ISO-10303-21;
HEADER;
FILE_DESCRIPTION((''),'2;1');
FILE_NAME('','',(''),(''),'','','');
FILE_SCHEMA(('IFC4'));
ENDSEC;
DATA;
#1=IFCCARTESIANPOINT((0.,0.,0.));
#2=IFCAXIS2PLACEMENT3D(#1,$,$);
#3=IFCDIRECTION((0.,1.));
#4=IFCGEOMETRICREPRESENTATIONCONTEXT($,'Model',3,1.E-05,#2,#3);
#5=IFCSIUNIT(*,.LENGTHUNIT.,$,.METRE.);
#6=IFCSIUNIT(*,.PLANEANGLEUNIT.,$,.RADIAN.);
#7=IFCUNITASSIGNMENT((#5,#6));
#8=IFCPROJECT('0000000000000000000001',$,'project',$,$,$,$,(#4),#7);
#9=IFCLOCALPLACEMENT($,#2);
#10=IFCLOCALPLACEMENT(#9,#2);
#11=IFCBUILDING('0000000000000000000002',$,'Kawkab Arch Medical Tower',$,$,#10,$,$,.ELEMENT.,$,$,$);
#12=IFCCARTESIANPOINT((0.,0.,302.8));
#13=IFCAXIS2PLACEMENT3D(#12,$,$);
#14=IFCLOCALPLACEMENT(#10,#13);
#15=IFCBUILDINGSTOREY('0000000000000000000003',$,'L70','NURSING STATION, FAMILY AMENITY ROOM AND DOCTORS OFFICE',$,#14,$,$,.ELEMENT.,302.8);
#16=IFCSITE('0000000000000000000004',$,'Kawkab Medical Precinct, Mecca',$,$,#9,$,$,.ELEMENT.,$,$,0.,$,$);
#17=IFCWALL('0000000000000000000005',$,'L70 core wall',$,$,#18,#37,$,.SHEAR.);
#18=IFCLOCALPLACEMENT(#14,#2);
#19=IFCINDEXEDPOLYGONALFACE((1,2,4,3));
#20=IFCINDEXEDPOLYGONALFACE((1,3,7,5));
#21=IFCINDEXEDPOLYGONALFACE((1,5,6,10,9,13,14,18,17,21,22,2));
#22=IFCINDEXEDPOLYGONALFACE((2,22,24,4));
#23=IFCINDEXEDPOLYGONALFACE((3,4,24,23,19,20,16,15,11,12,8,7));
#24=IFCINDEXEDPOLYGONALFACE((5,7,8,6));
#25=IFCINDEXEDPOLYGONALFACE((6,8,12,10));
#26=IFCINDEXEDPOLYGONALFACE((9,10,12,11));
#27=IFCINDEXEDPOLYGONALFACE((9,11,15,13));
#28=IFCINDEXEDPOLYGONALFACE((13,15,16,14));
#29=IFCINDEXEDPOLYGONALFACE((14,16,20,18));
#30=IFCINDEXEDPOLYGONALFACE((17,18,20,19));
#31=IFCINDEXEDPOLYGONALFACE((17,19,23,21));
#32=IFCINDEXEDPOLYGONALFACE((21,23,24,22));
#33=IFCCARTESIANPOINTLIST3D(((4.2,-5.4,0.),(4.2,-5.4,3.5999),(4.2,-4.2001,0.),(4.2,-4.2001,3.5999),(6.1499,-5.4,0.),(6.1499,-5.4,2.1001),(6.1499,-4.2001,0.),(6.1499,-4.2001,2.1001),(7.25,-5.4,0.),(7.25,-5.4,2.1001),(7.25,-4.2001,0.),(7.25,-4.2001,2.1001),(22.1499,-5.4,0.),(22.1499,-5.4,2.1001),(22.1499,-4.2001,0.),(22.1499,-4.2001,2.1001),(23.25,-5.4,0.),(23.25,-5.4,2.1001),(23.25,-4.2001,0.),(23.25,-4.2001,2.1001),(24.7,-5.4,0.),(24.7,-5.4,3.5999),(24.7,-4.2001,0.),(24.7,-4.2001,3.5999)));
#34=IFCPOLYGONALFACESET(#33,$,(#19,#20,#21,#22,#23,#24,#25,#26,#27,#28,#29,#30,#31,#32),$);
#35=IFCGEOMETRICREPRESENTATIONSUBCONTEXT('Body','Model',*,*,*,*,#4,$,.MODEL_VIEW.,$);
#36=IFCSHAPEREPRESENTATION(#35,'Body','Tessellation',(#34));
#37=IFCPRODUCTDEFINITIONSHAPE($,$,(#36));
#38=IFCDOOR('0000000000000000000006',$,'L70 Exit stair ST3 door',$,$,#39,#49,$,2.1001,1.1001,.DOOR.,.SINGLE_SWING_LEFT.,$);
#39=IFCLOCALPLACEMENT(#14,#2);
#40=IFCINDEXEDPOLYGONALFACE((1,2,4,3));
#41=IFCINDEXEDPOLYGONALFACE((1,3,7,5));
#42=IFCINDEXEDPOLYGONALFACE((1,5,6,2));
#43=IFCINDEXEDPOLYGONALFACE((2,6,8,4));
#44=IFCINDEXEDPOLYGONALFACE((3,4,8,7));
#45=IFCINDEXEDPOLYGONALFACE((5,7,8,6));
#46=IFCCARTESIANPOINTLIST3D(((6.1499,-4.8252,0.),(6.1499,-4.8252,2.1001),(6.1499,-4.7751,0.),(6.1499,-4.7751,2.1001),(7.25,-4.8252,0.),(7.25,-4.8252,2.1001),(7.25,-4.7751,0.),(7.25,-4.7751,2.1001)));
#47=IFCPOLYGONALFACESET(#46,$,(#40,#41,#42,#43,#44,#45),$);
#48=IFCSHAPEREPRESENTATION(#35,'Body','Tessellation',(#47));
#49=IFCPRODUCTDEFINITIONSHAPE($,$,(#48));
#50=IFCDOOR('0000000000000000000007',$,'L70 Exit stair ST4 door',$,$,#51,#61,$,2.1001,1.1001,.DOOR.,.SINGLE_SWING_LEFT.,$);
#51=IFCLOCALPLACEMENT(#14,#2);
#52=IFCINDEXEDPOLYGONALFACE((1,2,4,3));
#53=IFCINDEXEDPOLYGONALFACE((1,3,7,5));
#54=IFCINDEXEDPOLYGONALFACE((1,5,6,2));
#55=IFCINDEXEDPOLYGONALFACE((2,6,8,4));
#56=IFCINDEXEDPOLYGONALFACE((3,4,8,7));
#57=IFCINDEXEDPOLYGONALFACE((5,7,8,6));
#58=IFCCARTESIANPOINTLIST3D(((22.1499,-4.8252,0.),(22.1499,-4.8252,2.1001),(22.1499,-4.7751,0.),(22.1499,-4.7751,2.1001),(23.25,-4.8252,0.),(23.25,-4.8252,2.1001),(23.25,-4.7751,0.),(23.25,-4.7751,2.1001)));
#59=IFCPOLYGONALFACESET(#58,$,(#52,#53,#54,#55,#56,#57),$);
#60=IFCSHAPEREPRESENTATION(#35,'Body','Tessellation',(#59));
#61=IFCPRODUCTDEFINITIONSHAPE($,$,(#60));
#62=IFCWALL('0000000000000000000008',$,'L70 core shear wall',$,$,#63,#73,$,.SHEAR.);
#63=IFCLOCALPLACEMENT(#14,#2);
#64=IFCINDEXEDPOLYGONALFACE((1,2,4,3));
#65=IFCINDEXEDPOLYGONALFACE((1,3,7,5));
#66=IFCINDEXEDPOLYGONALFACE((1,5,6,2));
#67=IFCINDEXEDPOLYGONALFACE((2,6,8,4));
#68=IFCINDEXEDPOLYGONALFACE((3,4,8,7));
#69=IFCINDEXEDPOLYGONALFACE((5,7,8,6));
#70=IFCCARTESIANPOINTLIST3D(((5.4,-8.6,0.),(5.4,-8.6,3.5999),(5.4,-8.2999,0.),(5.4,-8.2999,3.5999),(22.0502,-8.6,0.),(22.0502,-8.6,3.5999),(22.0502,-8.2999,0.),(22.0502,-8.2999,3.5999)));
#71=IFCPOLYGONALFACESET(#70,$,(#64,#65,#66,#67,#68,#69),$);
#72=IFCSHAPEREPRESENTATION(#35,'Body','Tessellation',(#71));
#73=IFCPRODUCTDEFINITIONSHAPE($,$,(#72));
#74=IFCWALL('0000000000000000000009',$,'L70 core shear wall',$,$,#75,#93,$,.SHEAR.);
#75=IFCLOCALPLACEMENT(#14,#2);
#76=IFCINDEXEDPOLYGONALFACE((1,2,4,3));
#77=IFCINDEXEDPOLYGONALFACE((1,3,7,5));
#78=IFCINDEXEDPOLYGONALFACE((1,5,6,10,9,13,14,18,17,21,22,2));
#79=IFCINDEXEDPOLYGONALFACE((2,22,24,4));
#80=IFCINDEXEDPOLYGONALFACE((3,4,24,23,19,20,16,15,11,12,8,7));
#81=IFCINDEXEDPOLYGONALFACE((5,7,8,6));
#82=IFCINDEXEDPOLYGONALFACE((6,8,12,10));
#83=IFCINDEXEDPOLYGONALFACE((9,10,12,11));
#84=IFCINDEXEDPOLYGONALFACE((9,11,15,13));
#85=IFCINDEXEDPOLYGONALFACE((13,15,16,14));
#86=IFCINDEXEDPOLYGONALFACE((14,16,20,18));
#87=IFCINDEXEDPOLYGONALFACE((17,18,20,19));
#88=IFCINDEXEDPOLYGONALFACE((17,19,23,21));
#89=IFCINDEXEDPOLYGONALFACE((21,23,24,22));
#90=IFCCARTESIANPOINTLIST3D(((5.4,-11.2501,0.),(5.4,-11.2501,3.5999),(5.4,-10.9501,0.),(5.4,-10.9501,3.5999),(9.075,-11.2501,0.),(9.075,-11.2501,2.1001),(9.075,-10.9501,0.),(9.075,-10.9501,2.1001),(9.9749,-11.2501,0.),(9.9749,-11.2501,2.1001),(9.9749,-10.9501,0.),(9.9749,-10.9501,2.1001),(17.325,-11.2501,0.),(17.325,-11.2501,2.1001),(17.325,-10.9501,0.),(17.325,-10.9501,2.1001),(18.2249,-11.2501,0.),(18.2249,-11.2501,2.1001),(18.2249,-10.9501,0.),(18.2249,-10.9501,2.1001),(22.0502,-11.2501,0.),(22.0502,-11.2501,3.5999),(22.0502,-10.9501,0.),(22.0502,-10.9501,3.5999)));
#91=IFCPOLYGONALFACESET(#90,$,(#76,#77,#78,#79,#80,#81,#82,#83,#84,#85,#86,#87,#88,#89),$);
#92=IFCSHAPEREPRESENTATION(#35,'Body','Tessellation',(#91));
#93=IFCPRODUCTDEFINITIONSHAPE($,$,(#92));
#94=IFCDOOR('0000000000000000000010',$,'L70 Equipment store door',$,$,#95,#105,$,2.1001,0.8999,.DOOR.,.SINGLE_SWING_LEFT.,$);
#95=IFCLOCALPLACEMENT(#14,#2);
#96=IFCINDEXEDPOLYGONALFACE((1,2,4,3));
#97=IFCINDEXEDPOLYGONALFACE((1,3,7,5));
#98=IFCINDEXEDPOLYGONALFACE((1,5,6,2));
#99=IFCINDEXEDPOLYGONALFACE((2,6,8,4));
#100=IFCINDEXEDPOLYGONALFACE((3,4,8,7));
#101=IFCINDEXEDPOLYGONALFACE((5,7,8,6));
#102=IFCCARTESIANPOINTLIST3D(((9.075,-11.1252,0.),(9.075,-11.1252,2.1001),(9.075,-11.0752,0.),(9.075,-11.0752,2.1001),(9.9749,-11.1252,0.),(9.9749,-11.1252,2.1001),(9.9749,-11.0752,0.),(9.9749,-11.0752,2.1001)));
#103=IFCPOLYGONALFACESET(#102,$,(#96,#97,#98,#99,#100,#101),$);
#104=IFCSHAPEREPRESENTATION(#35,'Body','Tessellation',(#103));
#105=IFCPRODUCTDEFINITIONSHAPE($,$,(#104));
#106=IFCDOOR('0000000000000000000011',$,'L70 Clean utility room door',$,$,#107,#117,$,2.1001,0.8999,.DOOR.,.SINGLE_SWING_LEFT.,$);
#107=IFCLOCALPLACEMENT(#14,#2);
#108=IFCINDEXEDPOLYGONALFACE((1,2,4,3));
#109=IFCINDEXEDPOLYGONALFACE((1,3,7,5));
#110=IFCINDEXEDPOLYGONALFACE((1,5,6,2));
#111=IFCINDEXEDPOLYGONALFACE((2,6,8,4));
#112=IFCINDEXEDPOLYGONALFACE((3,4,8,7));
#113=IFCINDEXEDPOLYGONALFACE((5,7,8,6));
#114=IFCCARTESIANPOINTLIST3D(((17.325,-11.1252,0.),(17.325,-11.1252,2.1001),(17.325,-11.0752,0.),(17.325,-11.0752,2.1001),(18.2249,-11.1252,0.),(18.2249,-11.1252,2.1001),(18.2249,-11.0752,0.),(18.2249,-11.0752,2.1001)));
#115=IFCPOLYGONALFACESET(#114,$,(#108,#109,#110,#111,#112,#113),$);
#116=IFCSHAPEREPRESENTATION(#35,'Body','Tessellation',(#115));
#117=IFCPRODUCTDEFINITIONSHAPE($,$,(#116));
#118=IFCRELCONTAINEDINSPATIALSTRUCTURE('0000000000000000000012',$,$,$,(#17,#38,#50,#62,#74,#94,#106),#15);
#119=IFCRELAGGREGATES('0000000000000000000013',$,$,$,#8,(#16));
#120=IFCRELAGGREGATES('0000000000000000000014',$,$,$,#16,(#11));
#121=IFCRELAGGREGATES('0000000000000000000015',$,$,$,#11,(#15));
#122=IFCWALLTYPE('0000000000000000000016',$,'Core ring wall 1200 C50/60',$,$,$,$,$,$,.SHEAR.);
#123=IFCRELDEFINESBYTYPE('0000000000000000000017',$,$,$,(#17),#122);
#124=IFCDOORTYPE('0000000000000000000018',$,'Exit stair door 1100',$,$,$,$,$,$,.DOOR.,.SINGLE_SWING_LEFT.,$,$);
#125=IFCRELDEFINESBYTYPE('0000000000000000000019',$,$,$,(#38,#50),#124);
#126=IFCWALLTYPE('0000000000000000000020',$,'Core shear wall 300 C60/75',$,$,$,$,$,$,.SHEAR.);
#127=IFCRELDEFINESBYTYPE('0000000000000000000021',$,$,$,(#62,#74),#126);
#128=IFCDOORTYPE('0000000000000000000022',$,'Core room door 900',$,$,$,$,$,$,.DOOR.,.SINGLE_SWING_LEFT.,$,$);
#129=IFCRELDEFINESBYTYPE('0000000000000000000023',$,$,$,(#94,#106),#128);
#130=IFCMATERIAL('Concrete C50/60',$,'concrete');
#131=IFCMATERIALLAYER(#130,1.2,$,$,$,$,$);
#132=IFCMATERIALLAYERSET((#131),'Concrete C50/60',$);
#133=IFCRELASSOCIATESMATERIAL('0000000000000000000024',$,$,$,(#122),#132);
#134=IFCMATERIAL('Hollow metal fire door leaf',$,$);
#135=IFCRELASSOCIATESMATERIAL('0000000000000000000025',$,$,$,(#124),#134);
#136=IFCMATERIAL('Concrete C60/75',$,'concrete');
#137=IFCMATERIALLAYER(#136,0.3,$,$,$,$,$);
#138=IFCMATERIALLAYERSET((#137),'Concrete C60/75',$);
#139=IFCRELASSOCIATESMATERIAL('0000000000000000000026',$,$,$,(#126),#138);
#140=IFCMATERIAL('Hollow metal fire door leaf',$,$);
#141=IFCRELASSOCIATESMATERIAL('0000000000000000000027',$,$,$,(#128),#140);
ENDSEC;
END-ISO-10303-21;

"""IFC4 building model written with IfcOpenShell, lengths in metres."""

from ifc_helpers import new_model, si_unit, direction, frame, frame_2d, origin, place, context, subcontext, project, spatial, rectangle, extrude, material, layer, layer_set, type_object, element, fill, save


model = new_model("IFC4")

# Units and contexts
model_context = context("Model", 3, precision=1e-05, world=origin(), true_north=direction((0.0, 1.0)))
body_context = subcontext(model_context, "Body", "Model", "MODEL_VIEW")
ifc_project = project(units=[si_unit("LENGTHUNIT", "METRE"), si_unit("PLANEANGLEUNIT", "RADIAN")], contexts=[model_context])

# Site, building, storey
site_placement = place(None, origin())
site = spatial("IfcSite", under=ifc_project, at=site_placement, Name="Kawkab Medical Precinct, Mecca", CompositionType="ELEMENT", RefElevation=0.0)
building_placement = place(site_placement, origin())
building = spatial("IfcBuilding", under=site, at=building_placement, Name="Kawkab Arch Medical Tower", CompositionType="ELEMENT")
storey_placement = place(building_placement, frame((0.0, 0.0, 302.8)))
storey = spatial("IfcBuildingStorey", under=building, at=storey_placement, Name="L70", Description="NURSING STATION, FAMILY AMENITY ROOM AND DOCTORS OFFICE", CompositionType="ELEMENT", Elevation=302.8)

# Wall, openings, doors
ifc_material_1 = material(Name="Concrete C50/60", Category="concrete")
ifc_layer_1 = layer(ifc_material_1, 1.2)
ifc_layer_set_1 = layer_set([ifc_layer_1], Name="Concrete C50/60")
wall_type_1 = type_object("IfcWallType", Name="Core ring wall 1200 C50/60", PredefinedType="SHEAR", material=ifc_layer_set_1)
wall_1_placement = place(storey_placement, frame((4.2, -4.8, 0.0), z_axis=(0.0, 0.0, 1.0), x_axis=(1.0, 0.0, 0.0)))
wall_1 = element("IfcWall", 1, at=wall_1_placement, inside=storey, type_object=wall_type_1, Name="L70 core wall", PredefinedType="SHEAR", context=body_context, shape_type="SweptSolid", body=[
    extrude(rectangle(XDim=20.5, YDim=1.2, at=frame_2d((10.25, 0.0))), origin(), (0.0, 0.0, 1.0), 3.5999),
])
opening_1_placement = place(wall_1_placement, frame((1.95, 0.0, 0.0)))
opening_1 = element("IfcOpeningElement", 2, at=opening_1_placement, cuts=wall_1, PredefinedType="OPENING", context=body_context, shape_type="SweptSolid", body=[
    extrude(rectangle(XDim=1.1001, YDim=2.1001, at=frame_2d((0.55, 1.05))), frame((0.0, 0.6099, 0.0), z_axis=(0.0, -1.0, 0.0), x_axis=(1.0, 0.0, 0.0)), (0.0, 0.0, 1.0), 1.22),
])
opening_2_placement = place(wall_1_placement, frame((17.95, 0.0, 0.0)))
opening_2 = element("IfcOpeningElement", 3, at=opening_2_placement, cuts=wall_1, PredefinedType="OPENING", context=body_context, shape_type="SweptSolid", body=[
    extrude(rectangle(XDim=1.1001, YDim=2.1001, at=frame_2d((0.55, 1.05))), frame((0.0, 0.6099, 0.0), z_axis=(0.0, -1.0, 0.0), x_axis=(1.0, 0.0, 0.0)), (0.0, 0.0, 1.0), 1.22),
])
ifc_material_2 = material(Name="Hollow metal fire door leaf")
door_type_1 = type_object("IfcDoorType", Name="Exit stair door 1100", OperationType="SINGLE_SWING_LEFT", PredefinedType="DOOR", material=ifc_material_2)
door_1_placement = place(opening_1_placement, origin())
door_1 = element("IfcDoor", 4, at=door_1_placement, inside=storey, type_object=door_type_1, Name="L70 Exit stair ST3 door", OperationType="SINGLE_SWING_LEFT", OverallHeight=2.1001, OverallWidth=1.1001, PredefinedType="DOOR", context=body_context, shape_type="SweptSolid", body=[
    extrude(rectangle(XDim=1.1001, YDim=2.1001, at=frame_2d((0.55, 1.05))), frame((0.0, 0.0249, 0.0), z_axis=(0.0, -1.0, 0.0), x_axis=(1.0, 0.0, 0.0)), (0.0, 0.0, 1.0), 0.05),
])
fill(opening_1, door_1)
door_2_placement = place(opening_2_placement, origin())
door_2 = element("IfcDoor", 5, at=door_2_placement, inside=storey, type_object=door_type_1, Name="L70 Exit stair ST4 door", OperationType="SINGLE_SWING_LEFT", OverallHeight=2.1001, OverallWidth=1.1001, PredefinedType="DOOR", context=body_context, shape_type="SweptSolid", body=[
    extrude(rectangle(XDim=1.1001, YDim=2.1001, at=frame_2d((0.55, 1.05))), frame((0.0, 0.0249, 0.0), z_axis=(0.0, -1.0, 0.0), x_axis=(1.0, 0.0, 0.0)), (0.0, 0.0, 1.0), 0.05),
])
fill(opening_2, door_2)

# Wall
ifc_material_3 = material(Name="Concrete C60/75", Category="concrete")
ifc_layer_2 = layer(ifc_material_3, 0.3)
ifc_layer_set_2 = layer_set([ifc_layer_2], Name="Concrete C60/75")
wall_type_2 = type_object("IfcWallType", Name="Core shear wall 300 C60/75", PredefinedType="SHEAR", material=ifc_layer_set_2)
wall_2_placement = place(storey_placement, frame((5.3999, -8.45, 0.0), z_axis=(0.0, 0.0, 1.0), x_axis=(1.0, 0.0, 0.0)))
element("IfcWall", 6, at=wall_2_placement, inside=storey, type_object=wall_type_2, Name="L70 core shear wall", PredefinedType="SHEAR", context=body_context, shape_type="SweptSolid", body=[
    extrude(rectangle(XDim=16.6501, YDim=0.3, at=frame_2d((8.3252, 0.0))), origin(), (0.0, 0.0, 1.0), 3.5999),
])

# Wall, openings, doors
wall_3_placement = place(storey_placement, frame((5.3999, -11.1001, 0.0), z_axis=(0.0, 0.0, 1.0), x_axis=(1.0, 0.0, 0.0)))
wall_3 = element("IfcWall", 7, at=wall_3_placement, inside=storey, type_object=wall_type_2, Name="L70 core shear wall", PredefinedType="SHEAR", context=body_context, shape_type="SweptSolid", body=[
    extrude(rectangle(XDim=16.6501, YDim=0.3, at=frame_2d((8.3252, 0.0))), origin(), (0.0, 0.0, 1.0), 3.5999),
])
opening_3_placement = place(wall_3_placement, frame((3.675, 0.0, 0.0)))
opening_3 = element("IfcOpeningElement", 8, at=opening_3_placement, cuts=wall_3, PredefinedType="OPENING", context=body_context, shape_type="SweptSolid", body=[
    extrude(rectangle(XDim=0.8999, YDim=2.1001, at=frame_2d((0.45, 1.05))), frame((0.0, 0.1599, 0.0), z_axis=(0.0, -1.0, 0.0), x_axis=(1.0, 0.0, 0.0)), (0.0, 0.0, 1.0), 0.3201),
])
opening_4_placement = place(wall_3_placement, frame((11.925, 0.0, 0.0)))
opening_4 = element("IfcOpeningElement", 9, at=opening_4_placement, cuts=wall_3, PredefinedType="OPENING", context=body_context, shape_type="SweptSolid", body=[
    extrude(rectangle(XDim=0.8999, YDim=2.1001, at=frame_2d((0.45, 1.05))), frame((0.0, 0.1599, 0.0), z_axis=(0.0, -1.0, 0.0), x_axis=(1.0, 0.0, 0.0)), (0.0, 0.0, 1.0), 0.3201),
])
ifc_material_4 = material(Name="Hollow metal fire door leaf")
door_type_2 = type_object("IfcDoorType", Name="Core room door 900", OperationType="SINGLE_SWING_LEFT", PredefinedType="DOOR", material=ifc_material_4)
door_3_placement = place(opening_3_placement, origin())
door_3 = element("IfcDoor", 10, at=door_3_placement, inside=storey, type_object=door_type_2, Name="L70 Equipment store door", OperationType="SINGLE_SWING_LEFT", OverallHeight=2.1001, OverallWidth=0.8999, PredefinedType="DOOR", context=body_context, shape_type="SweptSolid", body=[
    extrude(rectangle(XDim=0.8999, YDim=2.1001, at=frame_2d((0.45, 1.05))), frame((0.0, 0.0249, 0.0), z_axis=(0.0, -1.0, 0.0), x_axis=(1.0, 0.0, 0.0)), (0.0, 0.0, 1.0), 0.05),
])
fill(opening_3, door_3)
door_4_placement = place(opening_4_placement, origin())
door_4 = element("IfcDoor", 11, at=door_4_placement, inside=storey, type_object=door_type_2, Name="L70 Clean utility room door", OperationType="SINGLE_SWING_LEFT", OverallHeight=2.1001, OverallWidth=0.8999, PredefinedType="DOOR", context=body_context, shape_type="SweptSolid", body=[
    extrude(rectangle(XDim=0.8999, YDim=2.1001, at=frame_2d((0.45, 1.05))), frame((0.0, 0.0249, 0.0), z_axis=(0.0, -1.0, 0.0), x_axis=(1.0, 0.0, 0.0)), (0.0, 0.0, 1.0), 0.05),
])
fill(opening_4, door_4)

save(model, "model.ifc")
